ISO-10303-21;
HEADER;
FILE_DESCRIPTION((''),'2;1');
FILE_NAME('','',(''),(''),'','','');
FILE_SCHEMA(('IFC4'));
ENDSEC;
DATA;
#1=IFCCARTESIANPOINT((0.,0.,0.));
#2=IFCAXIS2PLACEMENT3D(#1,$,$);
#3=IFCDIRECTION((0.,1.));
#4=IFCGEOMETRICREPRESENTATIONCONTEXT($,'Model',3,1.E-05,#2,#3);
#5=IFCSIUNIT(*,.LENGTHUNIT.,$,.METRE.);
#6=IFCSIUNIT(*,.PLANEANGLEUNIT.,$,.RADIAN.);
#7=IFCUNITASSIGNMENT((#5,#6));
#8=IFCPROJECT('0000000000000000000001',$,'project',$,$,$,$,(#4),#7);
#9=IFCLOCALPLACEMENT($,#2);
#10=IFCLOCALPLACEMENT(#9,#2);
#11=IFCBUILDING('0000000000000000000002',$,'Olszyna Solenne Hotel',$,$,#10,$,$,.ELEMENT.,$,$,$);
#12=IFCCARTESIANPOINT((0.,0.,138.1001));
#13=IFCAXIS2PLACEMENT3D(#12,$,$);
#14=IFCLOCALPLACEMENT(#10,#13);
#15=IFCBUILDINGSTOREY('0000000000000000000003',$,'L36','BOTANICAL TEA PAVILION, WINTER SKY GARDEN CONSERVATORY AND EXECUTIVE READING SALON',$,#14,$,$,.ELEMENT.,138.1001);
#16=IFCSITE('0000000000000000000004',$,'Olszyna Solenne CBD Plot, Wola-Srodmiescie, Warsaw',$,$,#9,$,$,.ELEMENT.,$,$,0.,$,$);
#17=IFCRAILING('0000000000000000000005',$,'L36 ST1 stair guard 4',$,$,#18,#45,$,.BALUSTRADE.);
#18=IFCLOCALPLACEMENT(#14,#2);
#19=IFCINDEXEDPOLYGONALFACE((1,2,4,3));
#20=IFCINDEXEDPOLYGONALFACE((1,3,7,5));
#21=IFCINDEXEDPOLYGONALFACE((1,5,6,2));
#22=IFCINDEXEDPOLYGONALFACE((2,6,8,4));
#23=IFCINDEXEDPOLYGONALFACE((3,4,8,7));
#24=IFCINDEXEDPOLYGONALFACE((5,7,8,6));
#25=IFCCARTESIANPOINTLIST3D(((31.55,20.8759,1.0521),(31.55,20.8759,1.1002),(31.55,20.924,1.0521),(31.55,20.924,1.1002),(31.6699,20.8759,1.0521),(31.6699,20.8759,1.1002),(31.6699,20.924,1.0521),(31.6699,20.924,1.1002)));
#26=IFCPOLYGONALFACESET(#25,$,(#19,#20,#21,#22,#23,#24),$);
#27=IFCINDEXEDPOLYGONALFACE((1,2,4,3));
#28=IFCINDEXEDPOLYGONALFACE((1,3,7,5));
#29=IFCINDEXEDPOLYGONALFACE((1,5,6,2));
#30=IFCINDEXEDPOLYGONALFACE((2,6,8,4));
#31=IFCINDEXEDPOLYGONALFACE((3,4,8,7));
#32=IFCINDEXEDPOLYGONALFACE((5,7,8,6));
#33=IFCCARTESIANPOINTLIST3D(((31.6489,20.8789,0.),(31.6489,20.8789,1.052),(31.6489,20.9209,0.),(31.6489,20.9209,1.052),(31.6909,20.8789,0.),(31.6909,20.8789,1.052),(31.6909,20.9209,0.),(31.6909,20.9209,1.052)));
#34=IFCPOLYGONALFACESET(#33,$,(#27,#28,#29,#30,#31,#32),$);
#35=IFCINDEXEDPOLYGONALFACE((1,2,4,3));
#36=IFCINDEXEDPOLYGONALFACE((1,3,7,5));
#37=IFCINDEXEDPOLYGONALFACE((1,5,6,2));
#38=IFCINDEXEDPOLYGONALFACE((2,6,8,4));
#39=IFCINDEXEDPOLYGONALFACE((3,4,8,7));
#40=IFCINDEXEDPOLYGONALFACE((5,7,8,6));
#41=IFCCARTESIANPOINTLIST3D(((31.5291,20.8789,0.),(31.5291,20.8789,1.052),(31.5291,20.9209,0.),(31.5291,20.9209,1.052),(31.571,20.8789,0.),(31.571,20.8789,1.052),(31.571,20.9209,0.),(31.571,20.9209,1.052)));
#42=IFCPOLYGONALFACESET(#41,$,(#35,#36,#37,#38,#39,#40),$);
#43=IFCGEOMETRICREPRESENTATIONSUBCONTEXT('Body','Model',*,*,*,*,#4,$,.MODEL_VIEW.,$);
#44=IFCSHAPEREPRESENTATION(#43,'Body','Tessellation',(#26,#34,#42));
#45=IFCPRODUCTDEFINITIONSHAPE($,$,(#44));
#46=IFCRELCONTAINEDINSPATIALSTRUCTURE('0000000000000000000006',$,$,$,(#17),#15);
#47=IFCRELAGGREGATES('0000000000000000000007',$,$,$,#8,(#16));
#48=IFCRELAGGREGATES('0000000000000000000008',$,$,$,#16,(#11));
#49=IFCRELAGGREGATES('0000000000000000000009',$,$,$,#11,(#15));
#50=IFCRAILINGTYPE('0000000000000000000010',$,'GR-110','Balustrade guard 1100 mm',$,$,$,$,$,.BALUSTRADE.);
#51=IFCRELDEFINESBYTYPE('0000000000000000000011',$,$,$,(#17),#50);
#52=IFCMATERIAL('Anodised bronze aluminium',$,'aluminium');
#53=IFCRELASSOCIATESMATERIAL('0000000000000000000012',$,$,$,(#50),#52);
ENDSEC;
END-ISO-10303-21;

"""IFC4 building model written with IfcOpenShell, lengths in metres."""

from ifc_helpers import new_model, si_unit, direction, frame, origin, origin_2d, place, context, subcontext, project, spatial, rectangle, extrude, material, type_object, element, save


model = new_model("IFC4")

# Units and contexts
model_context = context("Model", 3, precision=1e-05, world=origin(), true_north=direction((0.0, 1.0)))
body_context = subcontext(model_context, "Body", "Model", "MODEL_VIEW")
ifc_project = project(units=[si_unit("LENGTHUNIT", "METRE"), si_unit("PLANEANGLEUNIT", "RADIAN")], contexts=[model_context])

# Site, building, storey
site_placement = place(None, origin())
site = spatial("IfcSite", under=ifc_project, at=site_placement, Name="Olszyna Solenne CBD Plot, Wola-Srodmiescie, Warsaw", CompositionType="ELEMENT", RefElevation=0.0)
building_placement = place(site_placement, origin())
building = spatial("IfcBuilding", under=site, at=building_placement, Name="Olszyna Solenne Hotel", CompositionType="ELEMENT")
storey_placement = place(building_placement, frame((0.0, 0.0, 138.1001)))
storey = spatial("IfcBuildingStorey", under=building, at=storey_placement, Name="L36", Description="BOTANICAL TEA PAVILION, WINTER SKY GARDEN CONSERVATORY AND EXECUTIVE READING SALON", CompositionType="ELEMENT", Elevation=138.1001)

# Shared definitions
ifc_material_1 = material(Name="Anodised bronze aluminium", Category="aluminium")

# Railing
railing_type = type_object("IfcRailingType", Name="GR-110", Description="Balustrade guard 1100 mm", PredefinedType="BALUSTRADE", material=ifc_material_1)
railing_placement = place(storey_placement, frame((31.6699, 20.8999, 0.0)))
element("IfcRailing", 1, at=railing_placement, inside=storey, type_object=railing_type, Name="L36 ST1 stair guard 4", PredefinedType="BALUSTRADE", context=body_context, shape_type="SweptSolid", body=[
    extrude(rectangle(XDim=0.0481, YDim=0.0481, at=origin_2d()), frame((0.0, 0.0, 1.0762), z_axis=(-1.0, 0.0, 0.0), x_axis=(0.0, -1.0, 0.0)), (0.0, 0.0, 1.0), 0.1199),
    extrude(rectangle(XDim=0.042, YDim=0.042, at=origin_2d()), origin(), (0.0, 0.0, 1.0), 1.052),
    extrude(rectangle(XDim=0.042, YDim=0.042, at=origin_2d()), frame((-0.1199, 0.0, 0.0)), (0.0, 0.0, 1.0), 1.052),
])

save(model, "model.ifc")
